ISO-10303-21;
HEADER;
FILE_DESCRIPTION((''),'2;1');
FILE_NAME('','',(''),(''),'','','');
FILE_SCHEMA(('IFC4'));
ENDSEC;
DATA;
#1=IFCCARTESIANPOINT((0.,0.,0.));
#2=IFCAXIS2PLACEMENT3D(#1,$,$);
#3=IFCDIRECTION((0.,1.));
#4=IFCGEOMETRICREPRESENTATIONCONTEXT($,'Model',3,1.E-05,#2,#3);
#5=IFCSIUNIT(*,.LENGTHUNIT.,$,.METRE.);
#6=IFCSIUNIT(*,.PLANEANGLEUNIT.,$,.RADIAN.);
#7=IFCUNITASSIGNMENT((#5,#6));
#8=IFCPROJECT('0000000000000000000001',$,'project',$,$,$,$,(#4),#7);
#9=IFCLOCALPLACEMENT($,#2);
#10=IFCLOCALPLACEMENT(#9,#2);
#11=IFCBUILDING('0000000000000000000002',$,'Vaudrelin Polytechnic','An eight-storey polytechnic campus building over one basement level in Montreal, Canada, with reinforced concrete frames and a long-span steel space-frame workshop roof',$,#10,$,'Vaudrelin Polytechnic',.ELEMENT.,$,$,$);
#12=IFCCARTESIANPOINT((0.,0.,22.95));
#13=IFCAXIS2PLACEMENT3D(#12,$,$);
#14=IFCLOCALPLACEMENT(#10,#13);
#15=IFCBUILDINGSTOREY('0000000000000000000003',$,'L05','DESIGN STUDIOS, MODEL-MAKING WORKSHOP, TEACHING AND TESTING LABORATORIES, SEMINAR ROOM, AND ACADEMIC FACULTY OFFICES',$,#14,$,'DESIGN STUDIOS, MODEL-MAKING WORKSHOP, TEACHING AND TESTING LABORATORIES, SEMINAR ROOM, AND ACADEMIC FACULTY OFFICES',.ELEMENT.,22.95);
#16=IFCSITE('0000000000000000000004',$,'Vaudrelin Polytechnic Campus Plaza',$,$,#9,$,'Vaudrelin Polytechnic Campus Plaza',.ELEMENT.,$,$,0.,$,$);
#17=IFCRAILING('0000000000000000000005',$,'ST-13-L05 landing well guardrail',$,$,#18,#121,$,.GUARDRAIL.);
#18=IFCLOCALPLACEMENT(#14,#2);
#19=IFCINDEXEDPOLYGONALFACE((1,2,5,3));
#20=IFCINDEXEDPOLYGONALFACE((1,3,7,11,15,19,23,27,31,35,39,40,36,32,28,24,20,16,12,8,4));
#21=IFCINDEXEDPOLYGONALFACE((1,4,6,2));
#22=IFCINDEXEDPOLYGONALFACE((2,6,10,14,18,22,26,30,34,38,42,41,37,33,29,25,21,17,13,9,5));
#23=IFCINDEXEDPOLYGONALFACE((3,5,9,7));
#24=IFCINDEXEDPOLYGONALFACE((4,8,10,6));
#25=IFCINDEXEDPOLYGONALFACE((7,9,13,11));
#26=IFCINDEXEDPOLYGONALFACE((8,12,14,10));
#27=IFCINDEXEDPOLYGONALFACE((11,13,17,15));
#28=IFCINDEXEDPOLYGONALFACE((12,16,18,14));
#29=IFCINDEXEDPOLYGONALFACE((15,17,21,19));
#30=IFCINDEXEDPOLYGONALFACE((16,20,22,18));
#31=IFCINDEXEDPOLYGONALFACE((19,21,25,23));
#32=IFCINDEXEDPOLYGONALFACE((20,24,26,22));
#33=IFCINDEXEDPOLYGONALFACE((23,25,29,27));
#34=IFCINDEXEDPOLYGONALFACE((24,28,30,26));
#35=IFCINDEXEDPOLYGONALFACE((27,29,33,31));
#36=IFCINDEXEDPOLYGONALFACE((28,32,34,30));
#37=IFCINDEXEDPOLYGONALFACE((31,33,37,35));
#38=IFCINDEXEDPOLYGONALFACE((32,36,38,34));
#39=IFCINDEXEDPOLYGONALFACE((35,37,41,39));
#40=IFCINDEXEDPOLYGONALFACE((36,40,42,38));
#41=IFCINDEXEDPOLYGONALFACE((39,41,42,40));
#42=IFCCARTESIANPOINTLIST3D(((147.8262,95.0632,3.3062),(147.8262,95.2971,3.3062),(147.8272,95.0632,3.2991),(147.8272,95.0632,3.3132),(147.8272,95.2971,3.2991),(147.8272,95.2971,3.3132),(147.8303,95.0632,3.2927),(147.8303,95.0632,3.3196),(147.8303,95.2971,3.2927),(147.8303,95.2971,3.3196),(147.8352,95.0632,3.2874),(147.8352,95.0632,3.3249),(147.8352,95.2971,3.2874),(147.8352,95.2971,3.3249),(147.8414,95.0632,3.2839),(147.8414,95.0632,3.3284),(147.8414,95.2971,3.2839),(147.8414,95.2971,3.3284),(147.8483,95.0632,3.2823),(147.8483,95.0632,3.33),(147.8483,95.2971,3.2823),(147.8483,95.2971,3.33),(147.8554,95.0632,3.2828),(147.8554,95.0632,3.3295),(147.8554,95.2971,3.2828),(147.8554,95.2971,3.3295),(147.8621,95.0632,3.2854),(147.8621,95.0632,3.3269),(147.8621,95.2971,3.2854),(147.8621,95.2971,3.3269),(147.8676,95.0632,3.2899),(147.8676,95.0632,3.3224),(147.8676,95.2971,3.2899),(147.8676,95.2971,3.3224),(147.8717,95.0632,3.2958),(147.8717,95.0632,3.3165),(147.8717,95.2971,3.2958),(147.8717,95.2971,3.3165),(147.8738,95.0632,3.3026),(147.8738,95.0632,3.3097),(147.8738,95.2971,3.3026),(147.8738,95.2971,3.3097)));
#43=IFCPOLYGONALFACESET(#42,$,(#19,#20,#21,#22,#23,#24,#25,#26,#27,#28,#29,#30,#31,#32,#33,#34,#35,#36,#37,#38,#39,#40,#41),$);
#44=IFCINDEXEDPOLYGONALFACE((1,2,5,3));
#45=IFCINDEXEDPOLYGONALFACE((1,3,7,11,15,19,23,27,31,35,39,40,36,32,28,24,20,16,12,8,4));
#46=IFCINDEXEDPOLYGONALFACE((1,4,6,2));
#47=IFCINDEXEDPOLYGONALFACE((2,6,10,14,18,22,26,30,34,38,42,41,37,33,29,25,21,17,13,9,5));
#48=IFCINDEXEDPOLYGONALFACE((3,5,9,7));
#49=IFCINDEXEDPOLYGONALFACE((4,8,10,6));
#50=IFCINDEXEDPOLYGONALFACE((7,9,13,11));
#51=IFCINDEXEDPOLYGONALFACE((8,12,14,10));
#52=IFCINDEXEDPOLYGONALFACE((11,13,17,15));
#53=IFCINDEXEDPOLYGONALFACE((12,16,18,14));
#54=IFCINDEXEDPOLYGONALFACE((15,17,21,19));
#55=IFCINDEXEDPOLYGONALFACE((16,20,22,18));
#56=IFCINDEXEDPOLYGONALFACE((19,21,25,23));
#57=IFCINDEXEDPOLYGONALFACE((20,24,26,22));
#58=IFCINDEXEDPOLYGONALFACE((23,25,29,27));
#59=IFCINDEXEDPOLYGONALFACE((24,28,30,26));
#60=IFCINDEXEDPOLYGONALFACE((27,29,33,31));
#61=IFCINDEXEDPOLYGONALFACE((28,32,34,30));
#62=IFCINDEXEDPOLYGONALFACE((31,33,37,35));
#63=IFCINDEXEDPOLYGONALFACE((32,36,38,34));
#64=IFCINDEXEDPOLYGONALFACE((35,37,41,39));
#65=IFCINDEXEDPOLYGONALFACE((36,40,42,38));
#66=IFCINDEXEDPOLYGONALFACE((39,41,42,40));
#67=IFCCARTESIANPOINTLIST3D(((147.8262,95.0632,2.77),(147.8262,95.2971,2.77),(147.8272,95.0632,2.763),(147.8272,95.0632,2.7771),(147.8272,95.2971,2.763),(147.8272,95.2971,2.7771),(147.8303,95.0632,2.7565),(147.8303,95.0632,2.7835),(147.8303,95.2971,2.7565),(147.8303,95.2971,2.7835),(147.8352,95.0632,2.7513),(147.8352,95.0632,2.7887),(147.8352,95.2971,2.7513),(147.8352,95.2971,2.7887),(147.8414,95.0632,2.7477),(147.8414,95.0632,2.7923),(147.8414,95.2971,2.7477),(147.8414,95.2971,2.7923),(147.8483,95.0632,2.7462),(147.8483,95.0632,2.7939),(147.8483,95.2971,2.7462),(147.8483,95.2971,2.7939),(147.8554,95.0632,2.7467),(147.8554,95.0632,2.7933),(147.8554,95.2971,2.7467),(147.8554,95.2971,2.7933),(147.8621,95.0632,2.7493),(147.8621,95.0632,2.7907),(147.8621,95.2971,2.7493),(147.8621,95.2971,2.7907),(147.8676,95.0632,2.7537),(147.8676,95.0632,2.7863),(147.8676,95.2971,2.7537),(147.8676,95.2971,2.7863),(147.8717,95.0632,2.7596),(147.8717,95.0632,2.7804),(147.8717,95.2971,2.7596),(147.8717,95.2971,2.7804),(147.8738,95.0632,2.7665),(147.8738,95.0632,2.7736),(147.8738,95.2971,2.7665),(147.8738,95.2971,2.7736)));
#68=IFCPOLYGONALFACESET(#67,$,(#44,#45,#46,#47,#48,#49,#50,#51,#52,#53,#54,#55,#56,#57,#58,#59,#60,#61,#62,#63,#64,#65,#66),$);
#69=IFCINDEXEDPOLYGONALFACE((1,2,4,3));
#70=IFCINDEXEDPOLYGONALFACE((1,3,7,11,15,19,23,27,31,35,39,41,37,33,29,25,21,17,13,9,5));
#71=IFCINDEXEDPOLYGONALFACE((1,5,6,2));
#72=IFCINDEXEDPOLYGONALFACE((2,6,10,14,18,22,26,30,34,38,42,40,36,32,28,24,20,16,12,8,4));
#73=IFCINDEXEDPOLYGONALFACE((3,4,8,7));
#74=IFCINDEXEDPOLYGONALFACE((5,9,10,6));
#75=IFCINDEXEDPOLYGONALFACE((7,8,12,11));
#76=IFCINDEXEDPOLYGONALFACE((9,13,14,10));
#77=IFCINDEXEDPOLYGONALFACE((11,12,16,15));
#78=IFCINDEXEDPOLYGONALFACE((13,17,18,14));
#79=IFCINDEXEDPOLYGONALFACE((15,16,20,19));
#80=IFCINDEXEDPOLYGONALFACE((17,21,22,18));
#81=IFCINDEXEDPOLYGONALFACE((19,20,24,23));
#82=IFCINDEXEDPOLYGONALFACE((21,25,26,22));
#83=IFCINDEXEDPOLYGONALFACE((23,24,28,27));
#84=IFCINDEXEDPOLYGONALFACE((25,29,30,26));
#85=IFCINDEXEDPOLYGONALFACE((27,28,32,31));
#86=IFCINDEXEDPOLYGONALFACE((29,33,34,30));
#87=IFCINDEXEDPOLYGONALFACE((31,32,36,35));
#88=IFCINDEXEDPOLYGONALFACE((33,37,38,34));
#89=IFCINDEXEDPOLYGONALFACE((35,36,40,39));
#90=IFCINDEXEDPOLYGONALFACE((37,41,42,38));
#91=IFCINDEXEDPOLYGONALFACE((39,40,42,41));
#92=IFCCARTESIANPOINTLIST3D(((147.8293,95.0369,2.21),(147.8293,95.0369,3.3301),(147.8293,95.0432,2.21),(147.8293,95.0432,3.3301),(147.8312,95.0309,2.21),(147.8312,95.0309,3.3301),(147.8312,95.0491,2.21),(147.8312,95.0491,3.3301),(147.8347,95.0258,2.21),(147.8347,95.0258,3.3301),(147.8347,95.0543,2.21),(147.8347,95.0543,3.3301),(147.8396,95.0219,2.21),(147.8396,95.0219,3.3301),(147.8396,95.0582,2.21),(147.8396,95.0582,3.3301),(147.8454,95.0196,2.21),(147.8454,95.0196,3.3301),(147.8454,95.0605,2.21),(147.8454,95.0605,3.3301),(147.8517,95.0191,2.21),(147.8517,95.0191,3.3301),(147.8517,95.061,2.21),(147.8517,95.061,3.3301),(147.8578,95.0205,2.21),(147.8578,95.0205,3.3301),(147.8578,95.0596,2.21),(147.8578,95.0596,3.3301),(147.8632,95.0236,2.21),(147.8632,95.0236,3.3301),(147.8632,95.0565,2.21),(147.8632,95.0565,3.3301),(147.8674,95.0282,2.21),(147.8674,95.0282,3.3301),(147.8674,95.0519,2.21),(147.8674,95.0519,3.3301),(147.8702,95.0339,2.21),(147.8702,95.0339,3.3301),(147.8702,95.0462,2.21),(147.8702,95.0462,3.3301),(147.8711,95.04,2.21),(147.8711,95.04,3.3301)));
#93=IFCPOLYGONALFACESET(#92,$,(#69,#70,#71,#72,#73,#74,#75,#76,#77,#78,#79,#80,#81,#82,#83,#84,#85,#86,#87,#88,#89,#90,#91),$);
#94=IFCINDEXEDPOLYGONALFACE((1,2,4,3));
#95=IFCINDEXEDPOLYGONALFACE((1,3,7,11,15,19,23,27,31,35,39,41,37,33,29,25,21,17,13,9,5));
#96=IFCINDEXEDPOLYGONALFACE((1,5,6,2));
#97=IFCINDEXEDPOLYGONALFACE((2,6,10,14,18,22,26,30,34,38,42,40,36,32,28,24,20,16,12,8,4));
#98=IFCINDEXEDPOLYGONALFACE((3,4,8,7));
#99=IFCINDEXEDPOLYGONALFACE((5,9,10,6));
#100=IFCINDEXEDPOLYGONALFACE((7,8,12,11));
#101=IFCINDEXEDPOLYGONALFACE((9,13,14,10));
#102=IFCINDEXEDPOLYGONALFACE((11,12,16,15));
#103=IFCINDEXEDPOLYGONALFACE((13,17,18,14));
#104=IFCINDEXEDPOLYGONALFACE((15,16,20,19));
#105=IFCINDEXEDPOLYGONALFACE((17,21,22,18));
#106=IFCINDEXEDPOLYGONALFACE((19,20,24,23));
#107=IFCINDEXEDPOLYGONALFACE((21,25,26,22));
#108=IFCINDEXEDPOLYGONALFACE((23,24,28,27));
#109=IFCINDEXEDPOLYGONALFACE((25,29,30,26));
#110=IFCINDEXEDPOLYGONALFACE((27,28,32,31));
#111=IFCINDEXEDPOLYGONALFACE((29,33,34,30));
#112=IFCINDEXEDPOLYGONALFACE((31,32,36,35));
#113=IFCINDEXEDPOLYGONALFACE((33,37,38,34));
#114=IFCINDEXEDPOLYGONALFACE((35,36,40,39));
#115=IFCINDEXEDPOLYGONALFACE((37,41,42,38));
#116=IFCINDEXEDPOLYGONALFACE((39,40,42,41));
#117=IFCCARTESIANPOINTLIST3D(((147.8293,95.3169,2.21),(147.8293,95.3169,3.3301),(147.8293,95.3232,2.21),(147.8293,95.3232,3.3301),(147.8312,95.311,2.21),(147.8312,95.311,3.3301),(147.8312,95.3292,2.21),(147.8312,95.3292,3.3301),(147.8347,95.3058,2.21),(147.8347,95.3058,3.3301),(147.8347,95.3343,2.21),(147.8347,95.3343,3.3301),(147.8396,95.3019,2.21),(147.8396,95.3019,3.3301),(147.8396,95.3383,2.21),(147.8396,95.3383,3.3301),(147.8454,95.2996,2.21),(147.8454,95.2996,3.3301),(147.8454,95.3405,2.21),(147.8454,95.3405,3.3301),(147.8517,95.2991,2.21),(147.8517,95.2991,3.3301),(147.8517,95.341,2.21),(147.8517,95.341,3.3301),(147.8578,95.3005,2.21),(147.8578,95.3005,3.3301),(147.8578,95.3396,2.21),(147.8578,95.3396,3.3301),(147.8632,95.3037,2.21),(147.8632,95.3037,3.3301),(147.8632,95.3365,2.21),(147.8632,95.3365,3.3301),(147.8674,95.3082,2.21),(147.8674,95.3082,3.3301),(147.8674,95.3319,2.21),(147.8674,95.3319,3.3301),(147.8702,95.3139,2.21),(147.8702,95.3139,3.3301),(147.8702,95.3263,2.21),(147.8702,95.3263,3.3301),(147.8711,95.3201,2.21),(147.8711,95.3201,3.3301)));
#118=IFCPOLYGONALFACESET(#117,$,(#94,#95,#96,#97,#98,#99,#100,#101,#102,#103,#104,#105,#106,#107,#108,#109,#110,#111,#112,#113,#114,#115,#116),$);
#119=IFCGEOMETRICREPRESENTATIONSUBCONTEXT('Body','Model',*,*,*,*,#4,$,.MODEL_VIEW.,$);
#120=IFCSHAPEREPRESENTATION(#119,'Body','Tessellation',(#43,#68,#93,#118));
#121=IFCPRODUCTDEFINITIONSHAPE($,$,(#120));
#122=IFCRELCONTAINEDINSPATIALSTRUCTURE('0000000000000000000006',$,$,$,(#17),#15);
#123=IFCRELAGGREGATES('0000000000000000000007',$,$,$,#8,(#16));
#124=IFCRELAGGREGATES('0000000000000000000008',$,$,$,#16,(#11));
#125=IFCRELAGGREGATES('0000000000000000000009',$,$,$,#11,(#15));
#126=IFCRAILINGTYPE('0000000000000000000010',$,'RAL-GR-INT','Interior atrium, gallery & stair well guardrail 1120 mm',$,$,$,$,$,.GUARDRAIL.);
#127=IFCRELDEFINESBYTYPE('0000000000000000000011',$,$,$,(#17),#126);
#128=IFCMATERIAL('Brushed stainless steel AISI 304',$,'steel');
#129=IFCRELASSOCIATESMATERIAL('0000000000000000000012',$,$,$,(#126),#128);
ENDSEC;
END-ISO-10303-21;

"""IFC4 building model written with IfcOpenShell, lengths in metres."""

from ifc_helpers import new_model, si_unit, direction, frame, origin, origin_2d, place, context, subcontext, project, spatial, circle, extrude, material, type_object, element, save


model = new_model("IFC4")

# Units and contexts
model_context = context("Model", 3, precision=1e-05, world=origin(), true_north=direction((0.0, 1.0)))
body_context = subcontext(model_context, "Body", "Model", "MODEL_VIEW")
ifc_project = project(units=[si_unit("LENGTHUNIT", "METRE"), si_unit("PLANEANGLEUNIT", "RADIAN")], contexts=[model_context])

# Site, building, storey
site_placement = place(None, origin())
site = spatial("IfcSite", under=ifc_project, at=site_placement, Name="Vaudrelin Polytechnic Campus Plaza", LongName="Vaudrelin Polytechnic Campus Plaza", CompositionType="ELEMENT", RefElevation=0.0)
building_placement = place(site_placement, origin())
building = spatial("IfcBuilding", under=site, at=building_placement, Name="Vaudrelin Polytechnic", Description="An eight-storey polytechnic campus building over one basement level in Montreal, Canada, with reinforced concrete frames and a long-span steel space-frame workshop roof", LongName="Vaudrelin Polytechnic", CompositionType="ELEMENT")
storey_placement = place(building_placement, frame((0.0, 0.0, 22.95)))
storey = spatial("IfcBuildingStorey", under=building, at=storey_placement, Name="L05", Description="DESIGN STUDIOS, MODEL-MAKING WORKSHOP, TEACHING AND TESTING LABORATORIES, SEMINAR ROOM, AND ACADEMIC FACULTY OFFICES", LongName="DESIGN STUDIOS, MODEL-MAKING WORKSHOP, TEACHING AND TESTING LABORATORIES, SEMINAR ROOM, AND ACADEMIC FACULTY OFFICES", CompositionType="ELEMENT", Elevation=22.95)

# Shared definitions
ifc_material_1 = material(Name="Brushed stainless steel AISI 304", Category="steel")

# Railing
railing_type_1 = type_object("IfcRailingType", Name="RAL-GR-INT", Description="Interior atrium, gallery & stair well guardrail 1120 mm", PredefinedType="GUARDRAIL", material=ifc_material_1)
railing_1_placement = place(storey_placement, frame((147.8501, 95.04, 2.21)))
element("IfcRailing", 1, at=railing_1_placement, inside=storey, type_object=railing_type_1, Name="ST-13-L05 landing well guardrail", PredefinedType="GUARDRAIL", context=body_context, shape_type="SweptSolid", body=[
    extrude(circle(Radius=0.0239, at=origin_2d()), frame((0.0, 0.0232, 1.0962), z_axis=(0.0, 1.0, 0.0), x_axis=(-1.0, 0.0, 0.0)), (0.0, 0.0, 1.0), 0.2339),
    extrude(circle(Radius=0.0239, at=origin_2d()), frame((0.0, 0.0232, 0.5601), z_axis=(0.0, 1.0, 0.0), x_axis=(-1.0, 0.0, 0.0)), (0.0, 0.0, 1.0), 0.2339),
    extrude(circle(Radius=0.021, at=origin_2d()), origin(), (0.0, 0.0, 1.0), 1.1201),
    extrude(circle(Radius=0.021, at=origin_2d()), frame((0.0, 0.28, 0.0)), (0.0, 0.0, 1.0), 1.1201),
])

save(model, "model.ifc")
